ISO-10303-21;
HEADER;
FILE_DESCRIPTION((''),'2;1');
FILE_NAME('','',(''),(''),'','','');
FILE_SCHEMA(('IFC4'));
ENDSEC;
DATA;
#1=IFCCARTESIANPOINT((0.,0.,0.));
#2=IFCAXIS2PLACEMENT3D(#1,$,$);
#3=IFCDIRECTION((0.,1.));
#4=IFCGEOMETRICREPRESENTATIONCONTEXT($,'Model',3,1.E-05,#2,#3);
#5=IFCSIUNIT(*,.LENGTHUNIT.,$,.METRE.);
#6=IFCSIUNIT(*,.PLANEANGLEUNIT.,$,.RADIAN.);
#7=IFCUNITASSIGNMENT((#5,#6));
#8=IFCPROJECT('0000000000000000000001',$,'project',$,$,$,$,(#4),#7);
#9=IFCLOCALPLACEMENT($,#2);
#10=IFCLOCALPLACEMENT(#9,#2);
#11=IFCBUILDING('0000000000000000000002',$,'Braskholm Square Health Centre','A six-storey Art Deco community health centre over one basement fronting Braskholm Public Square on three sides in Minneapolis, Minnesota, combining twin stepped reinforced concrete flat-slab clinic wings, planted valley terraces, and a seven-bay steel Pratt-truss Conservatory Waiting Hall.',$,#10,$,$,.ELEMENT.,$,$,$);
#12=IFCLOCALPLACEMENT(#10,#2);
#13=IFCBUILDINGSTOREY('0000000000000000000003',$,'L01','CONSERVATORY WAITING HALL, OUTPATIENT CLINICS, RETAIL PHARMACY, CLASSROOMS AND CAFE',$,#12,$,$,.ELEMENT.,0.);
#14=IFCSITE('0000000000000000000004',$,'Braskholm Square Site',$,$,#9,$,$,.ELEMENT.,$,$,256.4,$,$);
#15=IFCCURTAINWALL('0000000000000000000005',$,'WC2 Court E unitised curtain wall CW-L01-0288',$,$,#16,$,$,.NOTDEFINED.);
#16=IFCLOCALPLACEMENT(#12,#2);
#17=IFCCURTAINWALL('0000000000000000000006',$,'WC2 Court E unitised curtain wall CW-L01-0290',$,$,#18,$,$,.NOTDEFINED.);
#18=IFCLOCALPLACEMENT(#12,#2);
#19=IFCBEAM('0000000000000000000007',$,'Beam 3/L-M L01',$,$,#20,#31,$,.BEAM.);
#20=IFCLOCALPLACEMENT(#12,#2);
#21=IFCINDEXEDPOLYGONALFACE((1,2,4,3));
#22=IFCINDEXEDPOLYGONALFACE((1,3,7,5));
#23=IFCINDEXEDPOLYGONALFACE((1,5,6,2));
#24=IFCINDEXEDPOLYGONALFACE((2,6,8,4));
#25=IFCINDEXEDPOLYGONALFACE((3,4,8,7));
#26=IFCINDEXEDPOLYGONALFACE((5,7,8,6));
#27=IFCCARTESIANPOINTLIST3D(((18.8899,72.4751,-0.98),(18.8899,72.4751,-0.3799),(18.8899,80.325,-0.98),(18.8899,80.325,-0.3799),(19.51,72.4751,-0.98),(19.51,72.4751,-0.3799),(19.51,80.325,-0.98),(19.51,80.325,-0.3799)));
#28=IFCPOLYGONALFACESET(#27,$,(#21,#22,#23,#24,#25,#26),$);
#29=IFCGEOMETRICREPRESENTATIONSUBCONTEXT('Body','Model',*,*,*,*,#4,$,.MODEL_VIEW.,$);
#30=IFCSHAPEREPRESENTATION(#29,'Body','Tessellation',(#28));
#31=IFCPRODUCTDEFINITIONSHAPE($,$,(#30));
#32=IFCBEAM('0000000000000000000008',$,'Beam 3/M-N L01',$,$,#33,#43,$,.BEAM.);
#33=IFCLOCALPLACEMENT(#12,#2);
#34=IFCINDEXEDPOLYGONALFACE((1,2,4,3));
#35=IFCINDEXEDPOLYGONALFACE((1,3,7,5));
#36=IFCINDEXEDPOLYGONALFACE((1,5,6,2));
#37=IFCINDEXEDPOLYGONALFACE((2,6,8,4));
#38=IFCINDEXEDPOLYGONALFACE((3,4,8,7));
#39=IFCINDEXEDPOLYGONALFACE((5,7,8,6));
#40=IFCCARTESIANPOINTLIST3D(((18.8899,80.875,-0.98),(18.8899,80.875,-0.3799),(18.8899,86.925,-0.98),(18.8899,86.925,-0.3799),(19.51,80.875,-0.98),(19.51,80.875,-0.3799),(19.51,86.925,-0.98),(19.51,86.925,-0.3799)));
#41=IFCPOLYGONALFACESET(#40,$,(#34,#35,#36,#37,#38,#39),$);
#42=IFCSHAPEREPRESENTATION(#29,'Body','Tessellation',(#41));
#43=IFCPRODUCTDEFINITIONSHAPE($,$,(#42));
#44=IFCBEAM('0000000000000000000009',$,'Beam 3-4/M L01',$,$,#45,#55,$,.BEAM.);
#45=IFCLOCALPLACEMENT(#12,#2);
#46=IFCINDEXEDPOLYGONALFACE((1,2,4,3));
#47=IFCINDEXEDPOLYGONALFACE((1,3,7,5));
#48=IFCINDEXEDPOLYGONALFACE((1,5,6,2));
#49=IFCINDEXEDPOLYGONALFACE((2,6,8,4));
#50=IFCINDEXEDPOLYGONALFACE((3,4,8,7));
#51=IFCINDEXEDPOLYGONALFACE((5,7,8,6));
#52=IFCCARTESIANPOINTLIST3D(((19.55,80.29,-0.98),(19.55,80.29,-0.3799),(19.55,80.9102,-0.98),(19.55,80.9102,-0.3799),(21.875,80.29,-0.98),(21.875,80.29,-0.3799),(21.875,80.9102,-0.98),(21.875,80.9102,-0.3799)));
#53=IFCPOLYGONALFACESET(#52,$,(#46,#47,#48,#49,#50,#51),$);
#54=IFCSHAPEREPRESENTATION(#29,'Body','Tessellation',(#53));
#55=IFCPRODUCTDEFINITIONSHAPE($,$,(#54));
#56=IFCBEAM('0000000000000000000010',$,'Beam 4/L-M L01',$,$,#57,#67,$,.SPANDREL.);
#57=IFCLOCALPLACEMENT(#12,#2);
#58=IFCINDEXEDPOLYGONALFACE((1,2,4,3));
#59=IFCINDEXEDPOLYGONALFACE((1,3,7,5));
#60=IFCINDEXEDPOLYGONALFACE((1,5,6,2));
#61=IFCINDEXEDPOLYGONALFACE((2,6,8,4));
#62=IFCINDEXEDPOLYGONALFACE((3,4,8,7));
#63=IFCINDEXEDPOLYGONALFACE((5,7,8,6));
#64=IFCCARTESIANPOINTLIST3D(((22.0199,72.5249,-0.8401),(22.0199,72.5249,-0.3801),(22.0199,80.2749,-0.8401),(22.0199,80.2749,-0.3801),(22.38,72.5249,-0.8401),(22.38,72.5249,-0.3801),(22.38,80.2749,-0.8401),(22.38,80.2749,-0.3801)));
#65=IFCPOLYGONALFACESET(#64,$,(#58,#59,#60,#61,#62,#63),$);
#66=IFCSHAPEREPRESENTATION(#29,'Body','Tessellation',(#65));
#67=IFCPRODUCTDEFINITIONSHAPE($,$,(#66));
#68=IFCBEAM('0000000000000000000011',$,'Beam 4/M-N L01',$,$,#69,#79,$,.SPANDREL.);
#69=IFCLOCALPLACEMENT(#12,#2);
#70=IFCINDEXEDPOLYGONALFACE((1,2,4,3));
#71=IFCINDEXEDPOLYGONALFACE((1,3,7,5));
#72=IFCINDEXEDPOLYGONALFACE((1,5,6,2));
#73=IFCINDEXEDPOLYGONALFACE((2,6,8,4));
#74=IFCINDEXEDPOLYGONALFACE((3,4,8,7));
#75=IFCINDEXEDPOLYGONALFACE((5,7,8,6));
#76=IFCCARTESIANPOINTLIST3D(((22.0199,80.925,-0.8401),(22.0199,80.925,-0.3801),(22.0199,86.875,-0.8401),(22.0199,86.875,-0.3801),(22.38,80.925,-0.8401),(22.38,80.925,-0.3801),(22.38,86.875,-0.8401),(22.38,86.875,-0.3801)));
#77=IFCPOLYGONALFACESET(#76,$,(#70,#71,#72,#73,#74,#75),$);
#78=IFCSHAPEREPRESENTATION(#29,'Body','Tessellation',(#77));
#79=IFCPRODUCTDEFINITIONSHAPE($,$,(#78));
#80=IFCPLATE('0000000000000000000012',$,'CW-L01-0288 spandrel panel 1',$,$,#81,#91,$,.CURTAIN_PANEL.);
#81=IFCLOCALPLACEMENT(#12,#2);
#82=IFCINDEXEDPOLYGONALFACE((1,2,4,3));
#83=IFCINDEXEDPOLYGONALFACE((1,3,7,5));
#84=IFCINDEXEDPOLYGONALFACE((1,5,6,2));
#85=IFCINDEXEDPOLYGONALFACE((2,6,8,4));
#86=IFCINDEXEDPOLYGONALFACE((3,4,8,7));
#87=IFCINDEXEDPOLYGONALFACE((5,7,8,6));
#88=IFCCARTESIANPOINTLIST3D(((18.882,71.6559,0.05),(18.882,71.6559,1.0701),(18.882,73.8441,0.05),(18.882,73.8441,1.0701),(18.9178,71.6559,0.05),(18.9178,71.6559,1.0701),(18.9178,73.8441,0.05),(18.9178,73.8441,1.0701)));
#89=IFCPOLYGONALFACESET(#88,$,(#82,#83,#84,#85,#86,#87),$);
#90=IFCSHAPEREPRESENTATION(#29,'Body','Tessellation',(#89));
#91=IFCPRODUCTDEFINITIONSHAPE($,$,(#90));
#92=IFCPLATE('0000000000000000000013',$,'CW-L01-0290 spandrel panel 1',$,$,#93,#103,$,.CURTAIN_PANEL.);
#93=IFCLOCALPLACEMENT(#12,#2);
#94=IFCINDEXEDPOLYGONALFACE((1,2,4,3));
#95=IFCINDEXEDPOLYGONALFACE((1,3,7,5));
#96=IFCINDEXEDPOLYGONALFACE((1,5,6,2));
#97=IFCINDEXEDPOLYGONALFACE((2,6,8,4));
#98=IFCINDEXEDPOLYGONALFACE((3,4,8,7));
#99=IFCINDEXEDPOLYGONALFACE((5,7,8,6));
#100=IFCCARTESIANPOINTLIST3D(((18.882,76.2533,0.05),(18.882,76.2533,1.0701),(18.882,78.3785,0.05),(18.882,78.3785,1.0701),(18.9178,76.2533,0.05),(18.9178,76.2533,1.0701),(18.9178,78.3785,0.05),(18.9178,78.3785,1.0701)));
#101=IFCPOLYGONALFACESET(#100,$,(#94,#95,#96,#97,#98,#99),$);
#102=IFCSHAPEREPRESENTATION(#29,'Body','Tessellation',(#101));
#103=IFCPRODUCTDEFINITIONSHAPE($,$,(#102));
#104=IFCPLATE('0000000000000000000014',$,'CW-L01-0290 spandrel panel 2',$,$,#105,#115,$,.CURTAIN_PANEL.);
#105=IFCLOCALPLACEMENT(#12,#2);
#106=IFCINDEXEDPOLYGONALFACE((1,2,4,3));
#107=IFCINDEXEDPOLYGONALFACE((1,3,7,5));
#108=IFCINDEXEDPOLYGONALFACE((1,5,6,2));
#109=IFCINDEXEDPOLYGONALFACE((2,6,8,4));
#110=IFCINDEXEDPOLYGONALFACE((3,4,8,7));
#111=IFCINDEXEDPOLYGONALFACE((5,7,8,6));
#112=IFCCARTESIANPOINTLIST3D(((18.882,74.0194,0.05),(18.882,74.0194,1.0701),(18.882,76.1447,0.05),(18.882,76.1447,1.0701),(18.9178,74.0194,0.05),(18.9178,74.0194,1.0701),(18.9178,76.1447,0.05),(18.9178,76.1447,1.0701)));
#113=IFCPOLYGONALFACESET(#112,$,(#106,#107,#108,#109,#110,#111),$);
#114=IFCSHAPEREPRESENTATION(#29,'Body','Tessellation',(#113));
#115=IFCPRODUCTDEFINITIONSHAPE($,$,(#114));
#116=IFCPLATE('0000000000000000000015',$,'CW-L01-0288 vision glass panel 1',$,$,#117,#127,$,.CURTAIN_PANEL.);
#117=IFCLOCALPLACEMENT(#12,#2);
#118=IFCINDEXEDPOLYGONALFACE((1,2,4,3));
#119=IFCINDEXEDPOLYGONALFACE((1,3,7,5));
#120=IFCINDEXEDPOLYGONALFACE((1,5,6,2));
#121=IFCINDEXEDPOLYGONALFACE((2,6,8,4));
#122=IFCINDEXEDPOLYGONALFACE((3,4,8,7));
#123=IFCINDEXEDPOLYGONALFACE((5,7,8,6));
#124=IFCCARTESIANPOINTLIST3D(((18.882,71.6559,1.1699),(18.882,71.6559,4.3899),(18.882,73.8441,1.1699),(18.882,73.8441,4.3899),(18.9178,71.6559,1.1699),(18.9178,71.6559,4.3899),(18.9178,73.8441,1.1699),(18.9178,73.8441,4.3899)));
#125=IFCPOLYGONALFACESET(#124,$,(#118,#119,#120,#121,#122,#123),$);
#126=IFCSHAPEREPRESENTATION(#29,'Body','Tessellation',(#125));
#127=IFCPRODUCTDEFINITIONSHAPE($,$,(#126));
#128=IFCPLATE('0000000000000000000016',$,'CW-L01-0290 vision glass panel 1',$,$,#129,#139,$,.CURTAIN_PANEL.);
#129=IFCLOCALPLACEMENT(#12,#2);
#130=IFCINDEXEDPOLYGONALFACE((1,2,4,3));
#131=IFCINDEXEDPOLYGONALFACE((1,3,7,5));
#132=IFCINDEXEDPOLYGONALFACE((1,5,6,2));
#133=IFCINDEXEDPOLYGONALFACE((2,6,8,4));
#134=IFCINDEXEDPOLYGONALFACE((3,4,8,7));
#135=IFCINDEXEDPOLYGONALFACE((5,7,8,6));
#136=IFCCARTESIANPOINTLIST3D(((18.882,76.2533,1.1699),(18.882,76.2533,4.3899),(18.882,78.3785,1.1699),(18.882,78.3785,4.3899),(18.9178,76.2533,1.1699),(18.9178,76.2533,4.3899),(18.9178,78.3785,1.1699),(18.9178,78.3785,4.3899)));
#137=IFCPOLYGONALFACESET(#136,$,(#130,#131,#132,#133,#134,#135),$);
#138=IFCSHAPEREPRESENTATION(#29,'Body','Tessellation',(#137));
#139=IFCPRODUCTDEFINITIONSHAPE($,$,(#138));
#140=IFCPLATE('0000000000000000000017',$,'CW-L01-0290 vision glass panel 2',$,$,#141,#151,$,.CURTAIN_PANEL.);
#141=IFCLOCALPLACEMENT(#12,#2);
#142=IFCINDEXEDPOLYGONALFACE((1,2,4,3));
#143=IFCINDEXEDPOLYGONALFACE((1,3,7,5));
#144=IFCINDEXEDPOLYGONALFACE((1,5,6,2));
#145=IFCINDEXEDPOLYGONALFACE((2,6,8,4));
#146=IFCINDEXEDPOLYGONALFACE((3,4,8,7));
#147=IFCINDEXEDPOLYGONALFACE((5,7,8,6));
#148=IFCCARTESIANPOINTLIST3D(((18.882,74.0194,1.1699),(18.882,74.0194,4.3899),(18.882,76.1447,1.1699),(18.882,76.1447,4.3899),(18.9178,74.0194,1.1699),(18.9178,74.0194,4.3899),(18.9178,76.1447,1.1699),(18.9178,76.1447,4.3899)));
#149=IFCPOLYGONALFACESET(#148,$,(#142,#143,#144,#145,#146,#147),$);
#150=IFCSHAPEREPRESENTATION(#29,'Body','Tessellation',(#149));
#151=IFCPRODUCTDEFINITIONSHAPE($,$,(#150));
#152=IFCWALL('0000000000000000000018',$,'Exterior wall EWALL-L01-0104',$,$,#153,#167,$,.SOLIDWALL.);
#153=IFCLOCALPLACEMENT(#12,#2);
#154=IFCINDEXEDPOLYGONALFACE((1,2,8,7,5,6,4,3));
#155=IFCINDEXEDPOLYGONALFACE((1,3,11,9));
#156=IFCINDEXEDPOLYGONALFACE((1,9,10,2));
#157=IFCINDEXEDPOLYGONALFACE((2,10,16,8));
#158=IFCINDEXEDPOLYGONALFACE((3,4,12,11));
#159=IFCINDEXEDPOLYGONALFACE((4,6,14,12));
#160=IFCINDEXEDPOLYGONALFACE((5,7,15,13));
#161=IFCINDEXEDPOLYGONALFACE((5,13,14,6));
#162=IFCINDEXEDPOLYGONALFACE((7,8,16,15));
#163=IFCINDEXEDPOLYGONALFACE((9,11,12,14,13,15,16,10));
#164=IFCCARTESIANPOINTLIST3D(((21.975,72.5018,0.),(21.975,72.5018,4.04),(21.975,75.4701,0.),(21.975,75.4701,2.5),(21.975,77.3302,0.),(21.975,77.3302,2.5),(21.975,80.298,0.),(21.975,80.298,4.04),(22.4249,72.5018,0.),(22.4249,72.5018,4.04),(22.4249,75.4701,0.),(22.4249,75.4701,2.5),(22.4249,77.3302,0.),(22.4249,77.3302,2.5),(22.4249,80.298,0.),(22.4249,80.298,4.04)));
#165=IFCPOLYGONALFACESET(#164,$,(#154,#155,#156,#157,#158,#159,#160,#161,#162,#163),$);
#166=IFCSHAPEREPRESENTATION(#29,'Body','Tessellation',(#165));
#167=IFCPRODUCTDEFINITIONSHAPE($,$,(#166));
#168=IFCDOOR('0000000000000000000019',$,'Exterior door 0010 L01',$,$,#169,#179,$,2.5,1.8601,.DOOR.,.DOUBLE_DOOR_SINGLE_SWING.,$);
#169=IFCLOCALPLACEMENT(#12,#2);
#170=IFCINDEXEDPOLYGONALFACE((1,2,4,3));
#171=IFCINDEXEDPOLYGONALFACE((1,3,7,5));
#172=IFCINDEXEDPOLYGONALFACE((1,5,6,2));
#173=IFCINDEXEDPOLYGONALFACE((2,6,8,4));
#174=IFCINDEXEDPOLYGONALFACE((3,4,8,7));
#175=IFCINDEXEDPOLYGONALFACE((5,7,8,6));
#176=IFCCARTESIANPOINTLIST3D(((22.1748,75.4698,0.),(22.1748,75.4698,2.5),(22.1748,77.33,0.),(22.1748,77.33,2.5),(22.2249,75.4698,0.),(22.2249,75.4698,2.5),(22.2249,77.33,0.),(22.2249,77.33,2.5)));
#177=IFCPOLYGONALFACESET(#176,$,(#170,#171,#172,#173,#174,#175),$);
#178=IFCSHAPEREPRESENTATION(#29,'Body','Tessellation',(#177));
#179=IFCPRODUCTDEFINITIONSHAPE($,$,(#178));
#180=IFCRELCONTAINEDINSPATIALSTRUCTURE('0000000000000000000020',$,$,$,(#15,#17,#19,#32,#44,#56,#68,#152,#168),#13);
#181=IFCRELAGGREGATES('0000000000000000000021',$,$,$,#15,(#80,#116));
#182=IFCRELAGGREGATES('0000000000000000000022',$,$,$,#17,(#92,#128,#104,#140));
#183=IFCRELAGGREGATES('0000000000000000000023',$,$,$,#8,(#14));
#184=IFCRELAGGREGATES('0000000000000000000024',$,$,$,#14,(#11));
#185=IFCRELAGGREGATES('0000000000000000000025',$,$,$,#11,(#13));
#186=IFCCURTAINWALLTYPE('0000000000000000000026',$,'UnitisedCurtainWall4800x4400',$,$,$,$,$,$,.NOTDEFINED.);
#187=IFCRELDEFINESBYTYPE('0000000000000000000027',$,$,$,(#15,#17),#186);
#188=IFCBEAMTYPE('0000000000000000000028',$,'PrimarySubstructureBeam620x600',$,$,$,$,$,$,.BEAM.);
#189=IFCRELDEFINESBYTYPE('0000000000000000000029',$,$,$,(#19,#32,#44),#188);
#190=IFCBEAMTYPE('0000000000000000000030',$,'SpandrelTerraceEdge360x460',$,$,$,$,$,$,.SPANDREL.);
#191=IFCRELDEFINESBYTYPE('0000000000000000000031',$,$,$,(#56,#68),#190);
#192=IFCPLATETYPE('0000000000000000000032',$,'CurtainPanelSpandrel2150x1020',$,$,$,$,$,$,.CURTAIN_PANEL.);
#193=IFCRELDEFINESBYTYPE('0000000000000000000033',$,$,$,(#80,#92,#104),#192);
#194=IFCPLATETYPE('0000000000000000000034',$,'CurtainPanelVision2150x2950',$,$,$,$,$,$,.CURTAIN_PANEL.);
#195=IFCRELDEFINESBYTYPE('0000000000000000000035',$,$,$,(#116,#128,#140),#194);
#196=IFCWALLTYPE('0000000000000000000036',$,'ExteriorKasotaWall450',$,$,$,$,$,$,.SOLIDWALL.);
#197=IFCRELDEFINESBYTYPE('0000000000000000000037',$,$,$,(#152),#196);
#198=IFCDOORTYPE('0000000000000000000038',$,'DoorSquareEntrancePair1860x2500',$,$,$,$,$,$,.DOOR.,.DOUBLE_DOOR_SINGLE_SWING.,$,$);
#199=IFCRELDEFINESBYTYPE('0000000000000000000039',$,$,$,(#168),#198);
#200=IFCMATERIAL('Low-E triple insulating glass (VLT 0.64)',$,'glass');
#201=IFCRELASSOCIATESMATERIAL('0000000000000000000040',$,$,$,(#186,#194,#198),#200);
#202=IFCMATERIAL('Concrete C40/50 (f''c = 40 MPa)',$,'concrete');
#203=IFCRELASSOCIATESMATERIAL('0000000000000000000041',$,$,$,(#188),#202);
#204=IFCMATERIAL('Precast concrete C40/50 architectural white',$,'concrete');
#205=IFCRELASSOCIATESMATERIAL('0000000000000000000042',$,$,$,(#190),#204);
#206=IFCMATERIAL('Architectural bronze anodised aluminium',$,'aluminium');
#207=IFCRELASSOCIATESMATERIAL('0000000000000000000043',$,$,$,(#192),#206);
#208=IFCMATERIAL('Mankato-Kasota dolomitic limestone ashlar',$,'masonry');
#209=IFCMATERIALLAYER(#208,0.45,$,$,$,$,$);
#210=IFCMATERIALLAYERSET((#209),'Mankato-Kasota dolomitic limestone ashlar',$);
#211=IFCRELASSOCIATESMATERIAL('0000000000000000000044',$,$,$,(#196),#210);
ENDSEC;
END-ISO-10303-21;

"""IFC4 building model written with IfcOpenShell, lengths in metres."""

from ifc_helpers import new_model, si_unit, direction, frame, frame_2d, origin, origin_2d, place, context, subcontext, project, spatial, rectangle, extrude, material, layer, layer_set, material_profile, profile_set, type_object, element, fill, aggregate, save


model = new_model("IFC4")

# Units and contexts
model_context = context("Model", 3, precision=1e-05, world=origin(), true_north=direction((0.0, 1.0)))
body_context = subcontext(model_context, "Body", "Model", "MODEL_VIEW")
ifc_project = project(units=[si_unit("LENGTHUNIT", "METRE"), si_unit("PLANEANGLEUNIT", "RADIAN")], contexts=[model_context])

# Site, building, storey
site_placement = place(None, origin())
site = spatial("IfcSite", under=ifc_project, at=site_placement, Name="Braskholm Square Site", CompositionType="ELEMENT", RefElevation=256.4)
building_placement = place(site_placement, origin())
building = spatial("IfcBuilding", under=site, at=building_placement, Name="Braskholm Square Health Centre", Description="A six-storey Art Deco community health centre over one basement fronting Braskholm Public Square on three sides in Minneapolis, Minnesota, combining twin stepped reinforced concrete flat-slab clinic wings, planted valley terraces, and a seven-bay steel Pratt-truss Conservatory Waiting Hall.", CompositionType="ELEMENT")
storey_placement = place(building_placement, origin())
storey = spatial("IfcBuildingStorey", under=building, at=storey_placement, Name="L01", Description="CONSERVATORY WAITING HALL, OUTPATIENT CLINICS, RETAIL PHARMACY, CLASSROOMS AND CAFE", CompositionType="ELEMENT", Elevation=0.0)

# Shared definitions
ifc_material_1 = material(Name="Concrete C40/50 (f'c = 40 MPa)", Category="concrete")

# Curtain wall
ifc_material_2 = material(Name="Low-E triple insulating glass (VLT 0.64)", Category="glass")
curtain_wall_type = type_object("IfcCurtainWallType", Name="UnitisedCurtainWall4800x4400", PredefinedType="NOTDEFINED", material=ifc_material_2)
curtain_wall_1_placement = place(storey_placement, origin())
curtain_wall_1 = element("IfcCurtainWall", 1, at=curtain_wall_1_placement, inside=storey, type_object=curtain_wall_type, Name="WC2 Court E unitised curtain wall CW-L01-0288", PredefinedType="NOTDEFINED")
ifc_material_3 = material(Name="Architectural bronze anodised aluminium", Category="aluminium")

# Curtain wall
curtain_wall_2_placement = place(storey_placement, origin())
curtain_wall_2 = element("IfcCurtainWall", 2, at=curtain_wall_2_placement, inside=storey, type_object=curtain_wall_type, Name="WC2 Court E unitised curtain wall CW-L01-0290", PredefinedType="NOTDEFINED")

# Beams
ifc_material_profile_1 = material_profile(ifc_material_1, rectangle(XDim=0.6201, YDim=0.6001, at=origin_2d()), Name="RCB-620X600")
ifc_profile_set_1 = profile_set([ifc_material_profile_1], Name="Concrete C40/50 (f'c = 40 MPa)")
beam_type_1 = type_object("IfcBeamType", Name="PrimarySubstructureBeam620x600", PredefinedType="BEAM", material=ifc_profile_set_1)
beam_1_placement = place(storey_placement, frame((19.2, 72.4751, -0.6799), z_axis=(0.0, 1.0, 0.0), x_axis=(-1.0, 0.0, 0.0)))
element("IfcBeam", 3, at=beam_1_placement, inside=storey, type_object=beam_type_1, Name="Beam 3/L-M L01", PredefinedType="BEAM", context=body_context, shape_type="SweptSolid", body=[
    extrude(rectangle(XDim=0.6201, YDim=0.6001, at=origin_2d()), origin(), (0.0, 0.0, 1.0), 7.8499),
])
beam_2_placement = place(storey_placement, frame((19.2, 80.875, -0.6799), z_axis=(0.0, 1.0, 0.0), x_axis=(-1.0, 0.0, 0.0)))
element("IfcBeam", 4, at=beam_2_placement, inside=storey, type_object=beam_type_1, Name="Beam 3/M-N L01", PredefinedType="BEAM", context=body_context, shape_type="SweptSolid", body=[
    extrude(rectangle(XDim=0.6201, YDim=0.6001, at=origin_2d()), origin(), (0.0, 0.0, 1.0), 6.05),
])
beam_3_placement = place(storey_placement, frame((19.55, 80.6001, -0.6799), z_axis=(1.0, 0.0, 0.0), x_axis=(0.0, 1.0, 0.0)))
element("IfcBeam", 5, at=beam_3_placement, inside=storey, type_object=beam_type_1, Name="Beam 3-4/M L01", PredefinedType="BEAM", context=body_context, shape_type="SweptSolid", body=[
    extrude(rectangle(XDim=0.6201, YDim=0.6001, at=origin_2d()), origin(), (0.0, 0.0, 1.0), 2.325),
])
ifc_material_4 = material(Name="Precast concrete C40/50 architectural white", Category="concrete")
ifc_material_profile_2 = material_profile(ifc_material_4, rectangle(XDim=0.3601, YDim=0.46, at=origin_2d()), Name="RCB-360X460")
ifc_profile_set_2 = profile_set([ifc_material_profile_2], Name="Precast concrete C40/50 architectural white")
beam_type_2 = type_object("IfcBeamType", Name="SpandrelTerraceEdge360x460", PredefinedType="SPANDREL", material=ifc_profile_set_2)
beam_4_placement = place(storey_placement, frame((22.2, 72.5249, -0.6101), z_axis=(0.0, 1.0, 0.0), x_axis=(-1.0, 0.0, 0.0)))
element("IfcBeam", 6, at=beam_4_placement, inside=storey, type_object=beam_type_2, Name="Beam 4/L-M L01", PredefinedType="SPANDREL", context=body_context, shape_type="SweptSolid", body=[
    extrude(rectangle(XDim=0.3601, YDim=0.46, at=origin_2d()), origin(), (0.0, 0.0, 1.0), 7.75),
])
beam_5_placement = place(storey_placement, frame((22.2, 80.925, -0.6101), z_axis=(0.0, 1.0, 0.0), x_axis=(-1.0, 0.0, 0.0)))
element("IfcBeam", 7, at=beam_5_placement, inside=storey, type_object=beam_type_2, Name="Beam 4/M-N L01", PredefinedType="SPANDREL", context=body_context, shape_type="SweptSolid", body=[
    extrude(rectangle(XDim=0.3601, YDim=0.46, at=origin_2d()), origin(), (0.0, 0.0, 1.0), 5.95),
])

# Plates
plate_type_1 = type_object("IfcPlateType", Name="CurtainPanelSpandrel2150x1020", PredefinedType="CURTAIN_PANEL", material=ifc_material_3)
plate_1_placement = place(storey_placement, frame((18.8999, 72.75, 0.05), z_axis=(0.0, 0.0, 1.0), x_axis=(0.0, -1.0, 0.0)))
plate_1 = element("IfcPlate", 8, at=plate_1_placement, type_object=plate_type_1, Name="CW-L01-0288 spandrel panel 1", PredefinedType="CURTAIN_PANEL", context=body_context, shape_type="SweptSolid", body=[
    extrude(rectangle(XDim=2.1882, YDim=0.0359, at=origin_2d()), origin(), (0.0, 0.0, 1.0), 1.02),
])
plate_2_placement = place(storey_placement, frame((18.8999, 77.3159, 0.05), z_axis=(0.0, 0.0, 1.0), x_axis=(0.0, -1.0, 0.0)))
plate_2 = element("IfcPlate", 9, at=plate_2_placement, type_object=plate_type_1, Name="CW-L01-0290 spandrel panel 1", PredefinedType="CURTAIN_PANEL", context=body_context, shape_type="SweptSolid", body=[
    extrude(rectangle(XDim=2.1252, YDim=0.0359, at=origin_2d()), origin(), (0.0, 0.0, 1.0), 1.02),
])
plate_3_placement = place(storey_placement, frame((18.8999, 75.082, 0.05), z_axis=(0.0, 0.0, 1.0), x_axis=(0.0, -1.0, 0.0)))
plate_3 = element("IfcPlate", 10, at=plate_3_placement, type_object=plate_type_1, Name="CW-L01-0290 spandrel panel 2", PredefinedType="CURTAIN_PANEL", context=body_context, shape_type="SweptSolid", body=[
    extrude(rectangle(XDim=2.1252, YDim=0.0359, at=origin_2d()), origin(), (0.0, 0.0, 1.0), 1.02),
])
plate_type_2 = type_object("IfcPlateType", Name="CurtainPanelVision2150x2950", PredefinedType="CURTAIN_PANEL", material=ifc_material_2)
plate_4_placement = place(storey_placement, frame((18.8999, 72.75, 1.1699), z_axis=(0.0, 0.0, 1.0), x_axis=(0.0, -1.0, 0.0)))
plate_4 = element("IfcPlate", 11, at=plate_4_placement, type_object=plate_type_2, Name="CW-L01-0288 vision glass panel 1", PredefinedType="CURTAIN_PANEL", context=body_context, shape_type="SweptSolid", body=[
    extrude(rectangle(XDim=2.1882, YDim=0.0359, at=origin_2d()), origin(), (0.0, 0.0, 1.0), 3.22),
])
aggregate(curtain_wall_1, [plate_1, plate_4])
plate_5_placement = place(storey_placement, frame((18.8999, 77.3159, 1.1699), z_axis=(0.0, 0.0, 1.0), x_axis=(0.0, -1.0, 0.0)))
plate_5 = element("IfcPlate", 12, at=plate_5_placement, type_object=plate_type_2, Name="CW-L01-0290 vision glass panel 1", PredefinedType="CURTAIN_PANEL", context=body_context, shape_type="SweptSolid", body=[
    extrude(rectangle(XDim=2.1252, YDim=0.0359, at=origin_2d()), origin(), (0.0, 0.0, 1.0), 3.22),
])
plate_6_placement = place(storey_placement, frame((18.8999, 75.082, 1.1699), z_axis=(0.0, 0.0, 1.0), x_axis=(0.0, -1.0, 0.0)))
plate_6 = element("IfcPlate", 13, at=plate_6_placement, type_object=plate_type_2, Name="CW-L01-0290 vision glass panel 2", PredefinedType="CURTAIN_PANEL", context=body_context, shape_type="SweptSolid", body=[
    extrude(rectangle(XDim=2.1252, YDim=0.0359, at=origin_2d()), origin(), (0.0, 0.0, 1.0), 3.22),
])
aggregate(curtain_wall_2, [plate_2, plate_5, plate_3, plate_6])

# Wall, opening, door
ifc_material_5 = material(Name="Mankato-Kasota dolomitic limestone ashlar", Category="masonry")
ifc_layer_1 = layer(ifc_material_5, 0.45)
ifc_layer_set_1 = layer_set([ifc_layer_1], Name="Mankato-Kasota dolomitic limestone ashlar")
wall_type_1 = type_object("IfcWallType", Name="ExteriorKasotaWall450", PredefinedType="SOLIDWALL", material=ifc_layer_set_1)
wall_1_placement = place(storey_placement, frame((22.2, 72.502, 0.0), z_axis=(0.0, 0.0, 1.0), x_axis=(0.0, 1.0, 0.0)))
wall_1 = element("IfcWall", 14, at=wall_1_placement, inside=storey, type_object=wall_type_1, Name="Exterior wall EWALL-L01-0104", PredefinedType="SOLIDWALL", context=body_context, shape_type="SweptSolid", body=[
    extrude(rectangle(XDim=7.7961, YDim=0.45, at=frame_2d((3.8979, 0.0))), origin(), (0.0, 0.0, 1.0), 4.04),
])
opening_1_placement = place(wall_1_placement, frame((2.968, 0.0, 0.0)))
opening_1 = element("IfcOpeningElement", 15, at=opening_1_placement, cuts=wall_1, PredefinedType="OPENING", context=body_context, shape_type="SweptSolid", body=[
    extrude(rectangle(XDim=1.8601, YDim=2.5, at=frame_2d((0.9302, 1.25))), frame((0.0, 0.2349, 0.0), z_axis=(0.0, -1.0, 0.0), x_axis=(1.0, 0.0, 0.0)), (0.0, 0.0, 1.0), 0.47),
])
door_type = type_object("IfcDoorType", Name="DoorSquareEntrancePair1860x2500", OperationType="DOUBLE_DOOR_SINGLE_SWING", PredefinedType="DOOR", material=ifc_material_2)
door_placement = place(opening_1_placement, frame((1.8601, 0.0, 0.0), z_axis=(0.0, 0.0, 1.0), x_axis=(-1.0, 0.0, 0.0)))
door = element("IfcDoor", 16, at=door_placement, inside=storey, type_object=door_type, Name="Exterior door 0010 L01", OperationType="DOUBLE_DOOR_SINGLE_SWING", OverallHeight=2.5, OverallWidth=1.8601, PredefinedType="DOOR", context=body_context, shape_type="SweptSolid", body=[
    extrude(rectangle(XDim=1.8601, YDim=2.5, at=frame_2d((0.9302, 1.25))), frame((0.0, 0.0249, 0.0), z_axis=(0.0, -1.0, 0.0), x_axis=(1.0, 0.0, 0.0)), (0.0, 0.0, 1.0), 0.05),
])
fill(opening_1, door)

save(model, "model.ifc")
